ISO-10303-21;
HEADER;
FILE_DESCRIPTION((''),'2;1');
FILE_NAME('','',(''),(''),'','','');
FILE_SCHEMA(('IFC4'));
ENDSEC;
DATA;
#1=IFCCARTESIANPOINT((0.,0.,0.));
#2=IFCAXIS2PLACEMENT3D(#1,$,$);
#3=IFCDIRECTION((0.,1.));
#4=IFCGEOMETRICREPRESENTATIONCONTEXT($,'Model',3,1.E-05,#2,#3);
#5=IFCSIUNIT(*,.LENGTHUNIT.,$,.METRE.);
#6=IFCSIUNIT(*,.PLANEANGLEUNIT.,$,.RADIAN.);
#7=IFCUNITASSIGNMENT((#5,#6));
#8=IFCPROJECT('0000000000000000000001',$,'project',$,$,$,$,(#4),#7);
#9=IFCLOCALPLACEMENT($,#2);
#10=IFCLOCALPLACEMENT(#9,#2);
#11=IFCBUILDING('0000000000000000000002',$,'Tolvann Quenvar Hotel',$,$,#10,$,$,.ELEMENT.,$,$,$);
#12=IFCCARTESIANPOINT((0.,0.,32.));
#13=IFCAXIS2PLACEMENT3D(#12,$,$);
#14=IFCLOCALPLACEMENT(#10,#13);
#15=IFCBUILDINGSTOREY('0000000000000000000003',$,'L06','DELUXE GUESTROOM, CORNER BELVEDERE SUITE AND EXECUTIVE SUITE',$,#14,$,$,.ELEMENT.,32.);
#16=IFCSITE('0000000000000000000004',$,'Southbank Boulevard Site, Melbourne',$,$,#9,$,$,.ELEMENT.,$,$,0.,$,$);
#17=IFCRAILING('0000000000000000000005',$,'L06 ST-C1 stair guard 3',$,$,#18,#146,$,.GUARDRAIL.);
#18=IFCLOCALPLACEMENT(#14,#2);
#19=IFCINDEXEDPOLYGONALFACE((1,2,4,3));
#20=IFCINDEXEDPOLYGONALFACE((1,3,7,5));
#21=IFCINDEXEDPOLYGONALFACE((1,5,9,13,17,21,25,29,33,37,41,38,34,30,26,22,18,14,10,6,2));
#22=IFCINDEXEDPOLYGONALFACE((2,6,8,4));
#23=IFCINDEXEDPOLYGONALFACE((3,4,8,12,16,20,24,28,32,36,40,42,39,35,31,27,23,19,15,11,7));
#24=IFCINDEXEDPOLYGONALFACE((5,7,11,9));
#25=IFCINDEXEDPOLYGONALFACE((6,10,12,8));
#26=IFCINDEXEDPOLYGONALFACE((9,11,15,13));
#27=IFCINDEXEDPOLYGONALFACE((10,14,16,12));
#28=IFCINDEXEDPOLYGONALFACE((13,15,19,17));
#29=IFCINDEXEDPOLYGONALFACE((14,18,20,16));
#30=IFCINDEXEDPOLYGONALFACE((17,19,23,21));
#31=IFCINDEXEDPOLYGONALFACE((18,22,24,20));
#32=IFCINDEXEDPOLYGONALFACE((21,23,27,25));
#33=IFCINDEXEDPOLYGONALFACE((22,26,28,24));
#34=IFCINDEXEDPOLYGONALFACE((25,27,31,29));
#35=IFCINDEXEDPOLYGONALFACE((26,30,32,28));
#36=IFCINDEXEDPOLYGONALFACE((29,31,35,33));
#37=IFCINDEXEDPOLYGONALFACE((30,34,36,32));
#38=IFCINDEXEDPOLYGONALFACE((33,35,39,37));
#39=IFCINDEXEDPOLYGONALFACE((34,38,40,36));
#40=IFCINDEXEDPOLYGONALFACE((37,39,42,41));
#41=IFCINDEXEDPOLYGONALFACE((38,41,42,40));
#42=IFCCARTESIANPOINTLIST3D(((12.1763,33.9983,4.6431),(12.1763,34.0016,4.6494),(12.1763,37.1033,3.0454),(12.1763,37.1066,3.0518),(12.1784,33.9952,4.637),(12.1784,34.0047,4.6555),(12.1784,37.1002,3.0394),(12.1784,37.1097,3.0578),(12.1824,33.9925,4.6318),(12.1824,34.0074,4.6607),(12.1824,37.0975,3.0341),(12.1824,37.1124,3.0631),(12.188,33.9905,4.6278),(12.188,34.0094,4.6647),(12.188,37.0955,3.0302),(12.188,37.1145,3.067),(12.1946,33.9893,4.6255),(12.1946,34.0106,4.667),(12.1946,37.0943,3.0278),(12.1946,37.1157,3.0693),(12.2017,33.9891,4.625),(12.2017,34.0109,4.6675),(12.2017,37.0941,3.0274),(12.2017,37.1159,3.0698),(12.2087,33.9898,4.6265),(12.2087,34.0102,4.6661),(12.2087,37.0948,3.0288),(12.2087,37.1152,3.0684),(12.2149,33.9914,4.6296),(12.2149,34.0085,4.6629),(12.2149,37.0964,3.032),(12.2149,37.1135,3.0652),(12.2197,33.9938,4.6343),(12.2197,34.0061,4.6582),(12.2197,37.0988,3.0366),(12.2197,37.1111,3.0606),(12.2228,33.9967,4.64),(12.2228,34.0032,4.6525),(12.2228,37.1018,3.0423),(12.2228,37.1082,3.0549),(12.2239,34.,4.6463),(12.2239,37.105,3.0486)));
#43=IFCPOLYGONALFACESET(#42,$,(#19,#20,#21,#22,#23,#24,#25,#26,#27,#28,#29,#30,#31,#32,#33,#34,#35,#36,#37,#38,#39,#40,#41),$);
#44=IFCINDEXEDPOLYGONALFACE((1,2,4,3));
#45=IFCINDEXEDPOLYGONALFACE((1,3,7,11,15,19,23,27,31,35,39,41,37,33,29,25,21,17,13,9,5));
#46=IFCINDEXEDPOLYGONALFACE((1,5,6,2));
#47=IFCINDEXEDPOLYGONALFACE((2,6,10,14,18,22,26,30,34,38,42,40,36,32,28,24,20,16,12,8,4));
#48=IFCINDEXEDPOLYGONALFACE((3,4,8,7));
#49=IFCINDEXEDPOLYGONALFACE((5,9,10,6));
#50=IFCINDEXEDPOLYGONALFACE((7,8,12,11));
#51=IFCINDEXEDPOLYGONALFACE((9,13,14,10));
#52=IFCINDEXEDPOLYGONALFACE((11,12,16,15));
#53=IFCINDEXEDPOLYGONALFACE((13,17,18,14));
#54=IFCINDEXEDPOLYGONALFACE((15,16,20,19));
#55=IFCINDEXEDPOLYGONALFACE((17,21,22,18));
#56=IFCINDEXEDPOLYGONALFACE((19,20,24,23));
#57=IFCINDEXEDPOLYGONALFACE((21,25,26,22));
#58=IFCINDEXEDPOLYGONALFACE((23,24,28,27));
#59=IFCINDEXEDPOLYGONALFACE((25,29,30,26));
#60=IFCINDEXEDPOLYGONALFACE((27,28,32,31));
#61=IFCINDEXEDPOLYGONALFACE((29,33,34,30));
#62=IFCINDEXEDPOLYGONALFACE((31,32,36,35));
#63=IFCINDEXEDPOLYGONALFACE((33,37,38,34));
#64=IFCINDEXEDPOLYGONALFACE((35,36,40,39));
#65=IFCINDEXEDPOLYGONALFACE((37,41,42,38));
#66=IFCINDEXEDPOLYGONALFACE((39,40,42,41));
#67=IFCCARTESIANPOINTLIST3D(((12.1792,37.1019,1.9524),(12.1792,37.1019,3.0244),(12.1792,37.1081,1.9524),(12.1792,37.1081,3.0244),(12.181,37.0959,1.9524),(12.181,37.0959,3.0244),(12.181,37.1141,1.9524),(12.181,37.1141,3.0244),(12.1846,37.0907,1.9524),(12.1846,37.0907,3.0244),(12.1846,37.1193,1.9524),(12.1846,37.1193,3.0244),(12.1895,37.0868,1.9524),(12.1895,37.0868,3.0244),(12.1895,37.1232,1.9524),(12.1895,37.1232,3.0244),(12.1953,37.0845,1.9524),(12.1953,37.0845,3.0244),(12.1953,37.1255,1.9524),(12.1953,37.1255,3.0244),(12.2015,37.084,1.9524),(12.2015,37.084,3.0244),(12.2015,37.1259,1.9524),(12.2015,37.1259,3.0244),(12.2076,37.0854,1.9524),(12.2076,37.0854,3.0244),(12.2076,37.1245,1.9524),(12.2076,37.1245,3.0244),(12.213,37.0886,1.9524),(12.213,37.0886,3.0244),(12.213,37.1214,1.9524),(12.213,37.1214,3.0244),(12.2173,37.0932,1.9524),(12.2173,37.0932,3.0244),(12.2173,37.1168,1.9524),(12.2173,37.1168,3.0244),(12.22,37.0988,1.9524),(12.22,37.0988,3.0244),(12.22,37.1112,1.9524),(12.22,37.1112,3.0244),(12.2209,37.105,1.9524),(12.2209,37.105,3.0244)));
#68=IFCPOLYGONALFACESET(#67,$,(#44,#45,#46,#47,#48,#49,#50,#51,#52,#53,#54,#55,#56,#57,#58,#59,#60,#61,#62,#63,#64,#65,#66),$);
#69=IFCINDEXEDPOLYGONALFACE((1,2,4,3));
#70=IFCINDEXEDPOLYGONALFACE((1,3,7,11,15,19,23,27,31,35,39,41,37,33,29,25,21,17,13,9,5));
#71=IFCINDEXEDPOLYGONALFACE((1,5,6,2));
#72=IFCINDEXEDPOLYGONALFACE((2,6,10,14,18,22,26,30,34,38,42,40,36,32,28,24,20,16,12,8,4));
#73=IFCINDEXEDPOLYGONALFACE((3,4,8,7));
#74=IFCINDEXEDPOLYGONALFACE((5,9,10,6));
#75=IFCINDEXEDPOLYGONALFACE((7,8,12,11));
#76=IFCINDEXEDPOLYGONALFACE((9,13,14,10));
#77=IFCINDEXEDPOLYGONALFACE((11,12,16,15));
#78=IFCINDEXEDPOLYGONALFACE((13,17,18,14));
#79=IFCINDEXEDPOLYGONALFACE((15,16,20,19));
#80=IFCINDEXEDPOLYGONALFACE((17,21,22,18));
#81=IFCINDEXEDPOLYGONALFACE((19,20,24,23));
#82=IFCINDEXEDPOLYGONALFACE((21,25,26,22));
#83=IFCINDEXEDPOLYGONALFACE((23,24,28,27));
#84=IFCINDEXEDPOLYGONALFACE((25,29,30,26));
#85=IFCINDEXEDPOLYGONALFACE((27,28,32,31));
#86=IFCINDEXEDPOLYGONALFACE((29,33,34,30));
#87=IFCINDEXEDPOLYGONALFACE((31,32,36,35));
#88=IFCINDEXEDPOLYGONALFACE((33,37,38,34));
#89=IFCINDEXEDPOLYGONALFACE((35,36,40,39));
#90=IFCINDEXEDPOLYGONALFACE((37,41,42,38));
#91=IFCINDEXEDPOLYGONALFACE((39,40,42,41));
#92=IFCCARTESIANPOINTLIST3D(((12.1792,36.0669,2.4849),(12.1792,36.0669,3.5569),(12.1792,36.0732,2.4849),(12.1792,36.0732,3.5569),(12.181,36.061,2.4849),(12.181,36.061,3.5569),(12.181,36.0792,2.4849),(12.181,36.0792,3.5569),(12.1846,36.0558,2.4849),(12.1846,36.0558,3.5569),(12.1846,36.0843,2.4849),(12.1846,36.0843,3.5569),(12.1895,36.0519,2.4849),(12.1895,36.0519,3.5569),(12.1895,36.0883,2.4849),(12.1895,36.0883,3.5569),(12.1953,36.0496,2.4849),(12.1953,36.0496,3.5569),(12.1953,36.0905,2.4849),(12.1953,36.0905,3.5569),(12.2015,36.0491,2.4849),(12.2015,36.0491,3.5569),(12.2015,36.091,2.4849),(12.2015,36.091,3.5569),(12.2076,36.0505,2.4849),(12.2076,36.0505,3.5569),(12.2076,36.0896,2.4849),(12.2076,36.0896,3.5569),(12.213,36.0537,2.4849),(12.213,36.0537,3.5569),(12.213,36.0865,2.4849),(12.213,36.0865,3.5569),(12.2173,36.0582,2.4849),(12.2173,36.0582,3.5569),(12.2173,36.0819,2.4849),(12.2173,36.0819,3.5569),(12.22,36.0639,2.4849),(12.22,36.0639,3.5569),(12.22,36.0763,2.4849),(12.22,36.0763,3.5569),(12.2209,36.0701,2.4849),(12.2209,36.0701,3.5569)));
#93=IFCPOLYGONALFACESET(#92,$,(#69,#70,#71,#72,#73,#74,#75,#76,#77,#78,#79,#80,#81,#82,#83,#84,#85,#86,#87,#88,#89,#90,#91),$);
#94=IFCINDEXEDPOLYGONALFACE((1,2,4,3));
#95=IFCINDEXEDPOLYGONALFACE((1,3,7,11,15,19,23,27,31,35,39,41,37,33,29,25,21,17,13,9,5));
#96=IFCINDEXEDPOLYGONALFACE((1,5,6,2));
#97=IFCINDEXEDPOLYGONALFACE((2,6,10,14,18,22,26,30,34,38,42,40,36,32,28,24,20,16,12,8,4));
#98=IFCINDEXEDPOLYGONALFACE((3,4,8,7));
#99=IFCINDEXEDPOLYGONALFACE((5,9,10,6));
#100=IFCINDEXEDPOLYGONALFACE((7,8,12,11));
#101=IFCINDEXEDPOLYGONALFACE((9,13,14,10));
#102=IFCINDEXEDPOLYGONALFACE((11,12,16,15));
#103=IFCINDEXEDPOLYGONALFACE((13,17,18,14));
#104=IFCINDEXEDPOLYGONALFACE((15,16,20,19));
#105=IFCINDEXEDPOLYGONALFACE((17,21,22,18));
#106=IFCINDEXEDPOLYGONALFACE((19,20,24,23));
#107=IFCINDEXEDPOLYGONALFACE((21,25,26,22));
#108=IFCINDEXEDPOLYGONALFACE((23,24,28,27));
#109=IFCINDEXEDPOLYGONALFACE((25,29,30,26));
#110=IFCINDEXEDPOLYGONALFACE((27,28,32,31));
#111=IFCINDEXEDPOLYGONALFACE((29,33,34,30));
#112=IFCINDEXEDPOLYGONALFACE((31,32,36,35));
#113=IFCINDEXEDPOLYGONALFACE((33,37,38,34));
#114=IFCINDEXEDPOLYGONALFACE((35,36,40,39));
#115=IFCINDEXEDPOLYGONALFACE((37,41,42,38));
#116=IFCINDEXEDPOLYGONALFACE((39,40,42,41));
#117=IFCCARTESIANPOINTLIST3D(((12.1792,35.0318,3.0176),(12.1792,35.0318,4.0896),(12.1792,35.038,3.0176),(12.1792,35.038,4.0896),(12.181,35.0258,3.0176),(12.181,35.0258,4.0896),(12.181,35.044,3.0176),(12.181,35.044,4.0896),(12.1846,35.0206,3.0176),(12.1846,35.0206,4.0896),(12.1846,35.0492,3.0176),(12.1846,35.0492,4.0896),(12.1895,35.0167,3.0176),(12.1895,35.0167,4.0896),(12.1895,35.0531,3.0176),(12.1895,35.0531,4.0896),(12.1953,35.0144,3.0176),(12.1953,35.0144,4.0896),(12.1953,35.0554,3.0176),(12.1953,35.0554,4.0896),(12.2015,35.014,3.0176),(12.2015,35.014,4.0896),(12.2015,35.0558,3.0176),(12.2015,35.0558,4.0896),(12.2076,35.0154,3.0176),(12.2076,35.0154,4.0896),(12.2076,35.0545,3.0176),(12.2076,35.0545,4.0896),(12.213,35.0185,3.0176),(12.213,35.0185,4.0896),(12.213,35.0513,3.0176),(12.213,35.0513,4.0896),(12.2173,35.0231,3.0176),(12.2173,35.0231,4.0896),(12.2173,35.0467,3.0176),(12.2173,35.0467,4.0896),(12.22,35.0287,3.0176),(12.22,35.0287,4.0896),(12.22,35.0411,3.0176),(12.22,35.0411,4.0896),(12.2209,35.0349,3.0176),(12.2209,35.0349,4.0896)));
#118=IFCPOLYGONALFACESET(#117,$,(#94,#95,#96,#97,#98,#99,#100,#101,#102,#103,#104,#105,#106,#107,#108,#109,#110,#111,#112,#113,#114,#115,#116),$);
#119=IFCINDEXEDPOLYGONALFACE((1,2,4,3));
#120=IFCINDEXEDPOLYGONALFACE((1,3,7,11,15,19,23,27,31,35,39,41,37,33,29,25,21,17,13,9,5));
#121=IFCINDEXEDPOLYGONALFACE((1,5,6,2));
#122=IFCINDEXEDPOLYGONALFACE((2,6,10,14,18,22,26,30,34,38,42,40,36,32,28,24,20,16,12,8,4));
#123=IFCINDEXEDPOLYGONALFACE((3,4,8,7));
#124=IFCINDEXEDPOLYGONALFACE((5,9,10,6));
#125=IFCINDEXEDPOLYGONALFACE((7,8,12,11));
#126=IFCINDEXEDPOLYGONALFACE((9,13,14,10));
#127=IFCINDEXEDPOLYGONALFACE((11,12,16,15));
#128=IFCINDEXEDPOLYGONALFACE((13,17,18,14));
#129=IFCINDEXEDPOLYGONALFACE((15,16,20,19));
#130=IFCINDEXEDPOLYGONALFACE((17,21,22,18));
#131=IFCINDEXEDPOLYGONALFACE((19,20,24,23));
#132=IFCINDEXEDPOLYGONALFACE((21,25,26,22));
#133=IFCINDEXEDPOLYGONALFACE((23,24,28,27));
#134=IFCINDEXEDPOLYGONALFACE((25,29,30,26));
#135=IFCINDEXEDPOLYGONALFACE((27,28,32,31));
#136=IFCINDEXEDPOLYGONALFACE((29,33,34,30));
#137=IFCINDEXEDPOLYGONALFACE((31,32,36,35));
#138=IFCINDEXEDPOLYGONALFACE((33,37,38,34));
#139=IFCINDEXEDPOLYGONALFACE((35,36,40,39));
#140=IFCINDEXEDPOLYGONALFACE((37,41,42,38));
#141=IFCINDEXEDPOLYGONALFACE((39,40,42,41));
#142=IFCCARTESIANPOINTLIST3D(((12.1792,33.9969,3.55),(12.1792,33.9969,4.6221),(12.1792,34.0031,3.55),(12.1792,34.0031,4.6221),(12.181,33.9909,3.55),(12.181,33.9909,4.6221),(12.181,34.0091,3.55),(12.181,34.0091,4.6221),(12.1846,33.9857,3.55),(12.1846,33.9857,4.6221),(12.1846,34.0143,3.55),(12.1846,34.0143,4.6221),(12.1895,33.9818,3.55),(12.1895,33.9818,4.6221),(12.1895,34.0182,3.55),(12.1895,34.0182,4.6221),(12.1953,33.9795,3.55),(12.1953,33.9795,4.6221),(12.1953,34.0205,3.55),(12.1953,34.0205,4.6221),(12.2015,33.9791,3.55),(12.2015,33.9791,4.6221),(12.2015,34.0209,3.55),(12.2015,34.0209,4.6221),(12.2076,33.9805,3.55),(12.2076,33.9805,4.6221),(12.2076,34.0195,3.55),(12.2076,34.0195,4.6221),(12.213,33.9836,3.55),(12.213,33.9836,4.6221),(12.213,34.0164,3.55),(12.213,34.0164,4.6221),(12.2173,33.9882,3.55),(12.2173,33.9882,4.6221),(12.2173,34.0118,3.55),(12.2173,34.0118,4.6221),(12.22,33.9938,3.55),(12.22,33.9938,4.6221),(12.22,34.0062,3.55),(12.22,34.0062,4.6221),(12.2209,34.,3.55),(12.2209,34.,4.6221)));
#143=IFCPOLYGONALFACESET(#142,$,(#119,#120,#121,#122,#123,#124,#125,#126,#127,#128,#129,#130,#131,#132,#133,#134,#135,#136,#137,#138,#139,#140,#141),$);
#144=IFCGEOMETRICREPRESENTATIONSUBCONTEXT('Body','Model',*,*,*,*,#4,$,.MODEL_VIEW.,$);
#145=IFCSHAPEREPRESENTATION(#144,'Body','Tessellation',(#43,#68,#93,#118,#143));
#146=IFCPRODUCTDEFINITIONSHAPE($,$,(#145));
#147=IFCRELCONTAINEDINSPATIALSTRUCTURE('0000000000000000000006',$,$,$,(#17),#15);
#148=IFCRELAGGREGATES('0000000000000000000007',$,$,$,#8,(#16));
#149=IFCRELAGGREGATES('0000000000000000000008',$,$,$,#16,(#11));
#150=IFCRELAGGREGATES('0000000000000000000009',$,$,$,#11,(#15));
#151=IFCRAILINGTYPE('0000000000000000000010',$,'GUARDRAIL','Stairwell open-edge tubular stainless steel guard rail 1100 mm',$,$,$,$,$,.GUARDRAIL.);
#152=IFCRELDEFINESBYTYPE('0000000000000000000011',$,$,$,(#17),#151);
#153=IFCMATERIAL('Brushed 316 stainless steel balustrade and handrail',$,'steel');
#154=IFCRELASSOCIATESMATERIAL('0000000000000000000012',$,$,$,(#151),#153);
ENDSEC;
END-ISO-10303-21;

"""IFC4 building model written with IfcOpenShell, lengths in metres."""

from ifc_helpers import new_model, si_unit, direction, frame, origin, origin_2d, place, context, subcontext, project, spatial, circle, extrude, material, type_object, element, save


model = new_model("IFC4")

# Units and contexts
model_context = context("Model", 3, precision=1e-05, world=origin(), true_north=direction((0.0, 1.0)))
body_context = subcontext(model_context, "Body", "Model", "MODEL_VIEW")
ifc_project = project(units=[si_unit("LENGTHUNIT", "METRE"), si_unit("PLANEANGLEUNIT", "RADIAN")], contexts=[model_context])

# Site, building, storey
site_placement = place(None, origin())
site = spatial("IfcSite", under=ifc_project, at=site_placement, Name="Southbank Boulevard Site, Melbourne", CompositionType="ELEMENT", RefElevation=0.0)
building_placement = place(site_placement, origin())
building = spatial("IfcBuilding", under=site, at=building_placement, Name="Tolvann Quenvar Hotel", CompositionType="ELEMENT")
storey_placement = place(building_placement, frame((0.0, 0.0, 32.0)))
storey = spatial("IfcBuildingStorey", under=building, at=storey_placement, Name="L06", Description="DELUXE GUESTROOM, CORNER BELVEDERE SUITE AND EXECUTIVE SUITE", CompositionType="ELEMENT", Elevation=32.0)

# Railing
ifc_material_1 = material(Name="Brushed 316 stainless steel balustrade and handrail", Category="steel")
railing_type_1 = type_object("IfcRailingType", Name="GUARDRAIL", Description="Stairwell open-edge tubular stainless steel guard rail 1100 mm", PredefinedType="GUARDRAIL", material=ifc_material_1)
railing_1_placement = place(storey_placement, frame((12.2, 37.105, 1.9524)))
element("IfcRailing", 1, at=railing_1_placement, inside=storey, type_object=railing_type_1, Name="L06 ST-C1 stair guard 3", PredefinedType="GUARDRAIL", context=body_context, shape_type="SweptSolid", body=[
    extrude(circle(Radius=0.0239, at=origin_2d()), frame((0.0, 0.0, 1.0962), z_axis=(0.0, -0.889194, 0.457531), x_axis=(1.0, 0.0, 0.0)), (0.0, 0.0, 1.0), 3.4919),
    extrude(circle(Radius=0.021, at=origin_2d()), origin(), (0.0, 0.0, 1.0), 1.072),
    extrude(circle(Radius=0.021, at=origin_2d()), frame((0.0, -1.0349, 0.5325)), (0.0, 0.0, 1.0), 1.072),
    extrude(circle(Radius=0.021, at=origin_2d()), frame((0.0, -2.0701, 1.0652)), (0.0, 0.0, 1.0), 1.072),
    extrude(circle(Radius=0.021, at=origin_2d()), frame((0.0, -3.105, 1.5977)), (0.0, 0.0, 1.0), 1.072),
])

save(model, "model.ifc")
